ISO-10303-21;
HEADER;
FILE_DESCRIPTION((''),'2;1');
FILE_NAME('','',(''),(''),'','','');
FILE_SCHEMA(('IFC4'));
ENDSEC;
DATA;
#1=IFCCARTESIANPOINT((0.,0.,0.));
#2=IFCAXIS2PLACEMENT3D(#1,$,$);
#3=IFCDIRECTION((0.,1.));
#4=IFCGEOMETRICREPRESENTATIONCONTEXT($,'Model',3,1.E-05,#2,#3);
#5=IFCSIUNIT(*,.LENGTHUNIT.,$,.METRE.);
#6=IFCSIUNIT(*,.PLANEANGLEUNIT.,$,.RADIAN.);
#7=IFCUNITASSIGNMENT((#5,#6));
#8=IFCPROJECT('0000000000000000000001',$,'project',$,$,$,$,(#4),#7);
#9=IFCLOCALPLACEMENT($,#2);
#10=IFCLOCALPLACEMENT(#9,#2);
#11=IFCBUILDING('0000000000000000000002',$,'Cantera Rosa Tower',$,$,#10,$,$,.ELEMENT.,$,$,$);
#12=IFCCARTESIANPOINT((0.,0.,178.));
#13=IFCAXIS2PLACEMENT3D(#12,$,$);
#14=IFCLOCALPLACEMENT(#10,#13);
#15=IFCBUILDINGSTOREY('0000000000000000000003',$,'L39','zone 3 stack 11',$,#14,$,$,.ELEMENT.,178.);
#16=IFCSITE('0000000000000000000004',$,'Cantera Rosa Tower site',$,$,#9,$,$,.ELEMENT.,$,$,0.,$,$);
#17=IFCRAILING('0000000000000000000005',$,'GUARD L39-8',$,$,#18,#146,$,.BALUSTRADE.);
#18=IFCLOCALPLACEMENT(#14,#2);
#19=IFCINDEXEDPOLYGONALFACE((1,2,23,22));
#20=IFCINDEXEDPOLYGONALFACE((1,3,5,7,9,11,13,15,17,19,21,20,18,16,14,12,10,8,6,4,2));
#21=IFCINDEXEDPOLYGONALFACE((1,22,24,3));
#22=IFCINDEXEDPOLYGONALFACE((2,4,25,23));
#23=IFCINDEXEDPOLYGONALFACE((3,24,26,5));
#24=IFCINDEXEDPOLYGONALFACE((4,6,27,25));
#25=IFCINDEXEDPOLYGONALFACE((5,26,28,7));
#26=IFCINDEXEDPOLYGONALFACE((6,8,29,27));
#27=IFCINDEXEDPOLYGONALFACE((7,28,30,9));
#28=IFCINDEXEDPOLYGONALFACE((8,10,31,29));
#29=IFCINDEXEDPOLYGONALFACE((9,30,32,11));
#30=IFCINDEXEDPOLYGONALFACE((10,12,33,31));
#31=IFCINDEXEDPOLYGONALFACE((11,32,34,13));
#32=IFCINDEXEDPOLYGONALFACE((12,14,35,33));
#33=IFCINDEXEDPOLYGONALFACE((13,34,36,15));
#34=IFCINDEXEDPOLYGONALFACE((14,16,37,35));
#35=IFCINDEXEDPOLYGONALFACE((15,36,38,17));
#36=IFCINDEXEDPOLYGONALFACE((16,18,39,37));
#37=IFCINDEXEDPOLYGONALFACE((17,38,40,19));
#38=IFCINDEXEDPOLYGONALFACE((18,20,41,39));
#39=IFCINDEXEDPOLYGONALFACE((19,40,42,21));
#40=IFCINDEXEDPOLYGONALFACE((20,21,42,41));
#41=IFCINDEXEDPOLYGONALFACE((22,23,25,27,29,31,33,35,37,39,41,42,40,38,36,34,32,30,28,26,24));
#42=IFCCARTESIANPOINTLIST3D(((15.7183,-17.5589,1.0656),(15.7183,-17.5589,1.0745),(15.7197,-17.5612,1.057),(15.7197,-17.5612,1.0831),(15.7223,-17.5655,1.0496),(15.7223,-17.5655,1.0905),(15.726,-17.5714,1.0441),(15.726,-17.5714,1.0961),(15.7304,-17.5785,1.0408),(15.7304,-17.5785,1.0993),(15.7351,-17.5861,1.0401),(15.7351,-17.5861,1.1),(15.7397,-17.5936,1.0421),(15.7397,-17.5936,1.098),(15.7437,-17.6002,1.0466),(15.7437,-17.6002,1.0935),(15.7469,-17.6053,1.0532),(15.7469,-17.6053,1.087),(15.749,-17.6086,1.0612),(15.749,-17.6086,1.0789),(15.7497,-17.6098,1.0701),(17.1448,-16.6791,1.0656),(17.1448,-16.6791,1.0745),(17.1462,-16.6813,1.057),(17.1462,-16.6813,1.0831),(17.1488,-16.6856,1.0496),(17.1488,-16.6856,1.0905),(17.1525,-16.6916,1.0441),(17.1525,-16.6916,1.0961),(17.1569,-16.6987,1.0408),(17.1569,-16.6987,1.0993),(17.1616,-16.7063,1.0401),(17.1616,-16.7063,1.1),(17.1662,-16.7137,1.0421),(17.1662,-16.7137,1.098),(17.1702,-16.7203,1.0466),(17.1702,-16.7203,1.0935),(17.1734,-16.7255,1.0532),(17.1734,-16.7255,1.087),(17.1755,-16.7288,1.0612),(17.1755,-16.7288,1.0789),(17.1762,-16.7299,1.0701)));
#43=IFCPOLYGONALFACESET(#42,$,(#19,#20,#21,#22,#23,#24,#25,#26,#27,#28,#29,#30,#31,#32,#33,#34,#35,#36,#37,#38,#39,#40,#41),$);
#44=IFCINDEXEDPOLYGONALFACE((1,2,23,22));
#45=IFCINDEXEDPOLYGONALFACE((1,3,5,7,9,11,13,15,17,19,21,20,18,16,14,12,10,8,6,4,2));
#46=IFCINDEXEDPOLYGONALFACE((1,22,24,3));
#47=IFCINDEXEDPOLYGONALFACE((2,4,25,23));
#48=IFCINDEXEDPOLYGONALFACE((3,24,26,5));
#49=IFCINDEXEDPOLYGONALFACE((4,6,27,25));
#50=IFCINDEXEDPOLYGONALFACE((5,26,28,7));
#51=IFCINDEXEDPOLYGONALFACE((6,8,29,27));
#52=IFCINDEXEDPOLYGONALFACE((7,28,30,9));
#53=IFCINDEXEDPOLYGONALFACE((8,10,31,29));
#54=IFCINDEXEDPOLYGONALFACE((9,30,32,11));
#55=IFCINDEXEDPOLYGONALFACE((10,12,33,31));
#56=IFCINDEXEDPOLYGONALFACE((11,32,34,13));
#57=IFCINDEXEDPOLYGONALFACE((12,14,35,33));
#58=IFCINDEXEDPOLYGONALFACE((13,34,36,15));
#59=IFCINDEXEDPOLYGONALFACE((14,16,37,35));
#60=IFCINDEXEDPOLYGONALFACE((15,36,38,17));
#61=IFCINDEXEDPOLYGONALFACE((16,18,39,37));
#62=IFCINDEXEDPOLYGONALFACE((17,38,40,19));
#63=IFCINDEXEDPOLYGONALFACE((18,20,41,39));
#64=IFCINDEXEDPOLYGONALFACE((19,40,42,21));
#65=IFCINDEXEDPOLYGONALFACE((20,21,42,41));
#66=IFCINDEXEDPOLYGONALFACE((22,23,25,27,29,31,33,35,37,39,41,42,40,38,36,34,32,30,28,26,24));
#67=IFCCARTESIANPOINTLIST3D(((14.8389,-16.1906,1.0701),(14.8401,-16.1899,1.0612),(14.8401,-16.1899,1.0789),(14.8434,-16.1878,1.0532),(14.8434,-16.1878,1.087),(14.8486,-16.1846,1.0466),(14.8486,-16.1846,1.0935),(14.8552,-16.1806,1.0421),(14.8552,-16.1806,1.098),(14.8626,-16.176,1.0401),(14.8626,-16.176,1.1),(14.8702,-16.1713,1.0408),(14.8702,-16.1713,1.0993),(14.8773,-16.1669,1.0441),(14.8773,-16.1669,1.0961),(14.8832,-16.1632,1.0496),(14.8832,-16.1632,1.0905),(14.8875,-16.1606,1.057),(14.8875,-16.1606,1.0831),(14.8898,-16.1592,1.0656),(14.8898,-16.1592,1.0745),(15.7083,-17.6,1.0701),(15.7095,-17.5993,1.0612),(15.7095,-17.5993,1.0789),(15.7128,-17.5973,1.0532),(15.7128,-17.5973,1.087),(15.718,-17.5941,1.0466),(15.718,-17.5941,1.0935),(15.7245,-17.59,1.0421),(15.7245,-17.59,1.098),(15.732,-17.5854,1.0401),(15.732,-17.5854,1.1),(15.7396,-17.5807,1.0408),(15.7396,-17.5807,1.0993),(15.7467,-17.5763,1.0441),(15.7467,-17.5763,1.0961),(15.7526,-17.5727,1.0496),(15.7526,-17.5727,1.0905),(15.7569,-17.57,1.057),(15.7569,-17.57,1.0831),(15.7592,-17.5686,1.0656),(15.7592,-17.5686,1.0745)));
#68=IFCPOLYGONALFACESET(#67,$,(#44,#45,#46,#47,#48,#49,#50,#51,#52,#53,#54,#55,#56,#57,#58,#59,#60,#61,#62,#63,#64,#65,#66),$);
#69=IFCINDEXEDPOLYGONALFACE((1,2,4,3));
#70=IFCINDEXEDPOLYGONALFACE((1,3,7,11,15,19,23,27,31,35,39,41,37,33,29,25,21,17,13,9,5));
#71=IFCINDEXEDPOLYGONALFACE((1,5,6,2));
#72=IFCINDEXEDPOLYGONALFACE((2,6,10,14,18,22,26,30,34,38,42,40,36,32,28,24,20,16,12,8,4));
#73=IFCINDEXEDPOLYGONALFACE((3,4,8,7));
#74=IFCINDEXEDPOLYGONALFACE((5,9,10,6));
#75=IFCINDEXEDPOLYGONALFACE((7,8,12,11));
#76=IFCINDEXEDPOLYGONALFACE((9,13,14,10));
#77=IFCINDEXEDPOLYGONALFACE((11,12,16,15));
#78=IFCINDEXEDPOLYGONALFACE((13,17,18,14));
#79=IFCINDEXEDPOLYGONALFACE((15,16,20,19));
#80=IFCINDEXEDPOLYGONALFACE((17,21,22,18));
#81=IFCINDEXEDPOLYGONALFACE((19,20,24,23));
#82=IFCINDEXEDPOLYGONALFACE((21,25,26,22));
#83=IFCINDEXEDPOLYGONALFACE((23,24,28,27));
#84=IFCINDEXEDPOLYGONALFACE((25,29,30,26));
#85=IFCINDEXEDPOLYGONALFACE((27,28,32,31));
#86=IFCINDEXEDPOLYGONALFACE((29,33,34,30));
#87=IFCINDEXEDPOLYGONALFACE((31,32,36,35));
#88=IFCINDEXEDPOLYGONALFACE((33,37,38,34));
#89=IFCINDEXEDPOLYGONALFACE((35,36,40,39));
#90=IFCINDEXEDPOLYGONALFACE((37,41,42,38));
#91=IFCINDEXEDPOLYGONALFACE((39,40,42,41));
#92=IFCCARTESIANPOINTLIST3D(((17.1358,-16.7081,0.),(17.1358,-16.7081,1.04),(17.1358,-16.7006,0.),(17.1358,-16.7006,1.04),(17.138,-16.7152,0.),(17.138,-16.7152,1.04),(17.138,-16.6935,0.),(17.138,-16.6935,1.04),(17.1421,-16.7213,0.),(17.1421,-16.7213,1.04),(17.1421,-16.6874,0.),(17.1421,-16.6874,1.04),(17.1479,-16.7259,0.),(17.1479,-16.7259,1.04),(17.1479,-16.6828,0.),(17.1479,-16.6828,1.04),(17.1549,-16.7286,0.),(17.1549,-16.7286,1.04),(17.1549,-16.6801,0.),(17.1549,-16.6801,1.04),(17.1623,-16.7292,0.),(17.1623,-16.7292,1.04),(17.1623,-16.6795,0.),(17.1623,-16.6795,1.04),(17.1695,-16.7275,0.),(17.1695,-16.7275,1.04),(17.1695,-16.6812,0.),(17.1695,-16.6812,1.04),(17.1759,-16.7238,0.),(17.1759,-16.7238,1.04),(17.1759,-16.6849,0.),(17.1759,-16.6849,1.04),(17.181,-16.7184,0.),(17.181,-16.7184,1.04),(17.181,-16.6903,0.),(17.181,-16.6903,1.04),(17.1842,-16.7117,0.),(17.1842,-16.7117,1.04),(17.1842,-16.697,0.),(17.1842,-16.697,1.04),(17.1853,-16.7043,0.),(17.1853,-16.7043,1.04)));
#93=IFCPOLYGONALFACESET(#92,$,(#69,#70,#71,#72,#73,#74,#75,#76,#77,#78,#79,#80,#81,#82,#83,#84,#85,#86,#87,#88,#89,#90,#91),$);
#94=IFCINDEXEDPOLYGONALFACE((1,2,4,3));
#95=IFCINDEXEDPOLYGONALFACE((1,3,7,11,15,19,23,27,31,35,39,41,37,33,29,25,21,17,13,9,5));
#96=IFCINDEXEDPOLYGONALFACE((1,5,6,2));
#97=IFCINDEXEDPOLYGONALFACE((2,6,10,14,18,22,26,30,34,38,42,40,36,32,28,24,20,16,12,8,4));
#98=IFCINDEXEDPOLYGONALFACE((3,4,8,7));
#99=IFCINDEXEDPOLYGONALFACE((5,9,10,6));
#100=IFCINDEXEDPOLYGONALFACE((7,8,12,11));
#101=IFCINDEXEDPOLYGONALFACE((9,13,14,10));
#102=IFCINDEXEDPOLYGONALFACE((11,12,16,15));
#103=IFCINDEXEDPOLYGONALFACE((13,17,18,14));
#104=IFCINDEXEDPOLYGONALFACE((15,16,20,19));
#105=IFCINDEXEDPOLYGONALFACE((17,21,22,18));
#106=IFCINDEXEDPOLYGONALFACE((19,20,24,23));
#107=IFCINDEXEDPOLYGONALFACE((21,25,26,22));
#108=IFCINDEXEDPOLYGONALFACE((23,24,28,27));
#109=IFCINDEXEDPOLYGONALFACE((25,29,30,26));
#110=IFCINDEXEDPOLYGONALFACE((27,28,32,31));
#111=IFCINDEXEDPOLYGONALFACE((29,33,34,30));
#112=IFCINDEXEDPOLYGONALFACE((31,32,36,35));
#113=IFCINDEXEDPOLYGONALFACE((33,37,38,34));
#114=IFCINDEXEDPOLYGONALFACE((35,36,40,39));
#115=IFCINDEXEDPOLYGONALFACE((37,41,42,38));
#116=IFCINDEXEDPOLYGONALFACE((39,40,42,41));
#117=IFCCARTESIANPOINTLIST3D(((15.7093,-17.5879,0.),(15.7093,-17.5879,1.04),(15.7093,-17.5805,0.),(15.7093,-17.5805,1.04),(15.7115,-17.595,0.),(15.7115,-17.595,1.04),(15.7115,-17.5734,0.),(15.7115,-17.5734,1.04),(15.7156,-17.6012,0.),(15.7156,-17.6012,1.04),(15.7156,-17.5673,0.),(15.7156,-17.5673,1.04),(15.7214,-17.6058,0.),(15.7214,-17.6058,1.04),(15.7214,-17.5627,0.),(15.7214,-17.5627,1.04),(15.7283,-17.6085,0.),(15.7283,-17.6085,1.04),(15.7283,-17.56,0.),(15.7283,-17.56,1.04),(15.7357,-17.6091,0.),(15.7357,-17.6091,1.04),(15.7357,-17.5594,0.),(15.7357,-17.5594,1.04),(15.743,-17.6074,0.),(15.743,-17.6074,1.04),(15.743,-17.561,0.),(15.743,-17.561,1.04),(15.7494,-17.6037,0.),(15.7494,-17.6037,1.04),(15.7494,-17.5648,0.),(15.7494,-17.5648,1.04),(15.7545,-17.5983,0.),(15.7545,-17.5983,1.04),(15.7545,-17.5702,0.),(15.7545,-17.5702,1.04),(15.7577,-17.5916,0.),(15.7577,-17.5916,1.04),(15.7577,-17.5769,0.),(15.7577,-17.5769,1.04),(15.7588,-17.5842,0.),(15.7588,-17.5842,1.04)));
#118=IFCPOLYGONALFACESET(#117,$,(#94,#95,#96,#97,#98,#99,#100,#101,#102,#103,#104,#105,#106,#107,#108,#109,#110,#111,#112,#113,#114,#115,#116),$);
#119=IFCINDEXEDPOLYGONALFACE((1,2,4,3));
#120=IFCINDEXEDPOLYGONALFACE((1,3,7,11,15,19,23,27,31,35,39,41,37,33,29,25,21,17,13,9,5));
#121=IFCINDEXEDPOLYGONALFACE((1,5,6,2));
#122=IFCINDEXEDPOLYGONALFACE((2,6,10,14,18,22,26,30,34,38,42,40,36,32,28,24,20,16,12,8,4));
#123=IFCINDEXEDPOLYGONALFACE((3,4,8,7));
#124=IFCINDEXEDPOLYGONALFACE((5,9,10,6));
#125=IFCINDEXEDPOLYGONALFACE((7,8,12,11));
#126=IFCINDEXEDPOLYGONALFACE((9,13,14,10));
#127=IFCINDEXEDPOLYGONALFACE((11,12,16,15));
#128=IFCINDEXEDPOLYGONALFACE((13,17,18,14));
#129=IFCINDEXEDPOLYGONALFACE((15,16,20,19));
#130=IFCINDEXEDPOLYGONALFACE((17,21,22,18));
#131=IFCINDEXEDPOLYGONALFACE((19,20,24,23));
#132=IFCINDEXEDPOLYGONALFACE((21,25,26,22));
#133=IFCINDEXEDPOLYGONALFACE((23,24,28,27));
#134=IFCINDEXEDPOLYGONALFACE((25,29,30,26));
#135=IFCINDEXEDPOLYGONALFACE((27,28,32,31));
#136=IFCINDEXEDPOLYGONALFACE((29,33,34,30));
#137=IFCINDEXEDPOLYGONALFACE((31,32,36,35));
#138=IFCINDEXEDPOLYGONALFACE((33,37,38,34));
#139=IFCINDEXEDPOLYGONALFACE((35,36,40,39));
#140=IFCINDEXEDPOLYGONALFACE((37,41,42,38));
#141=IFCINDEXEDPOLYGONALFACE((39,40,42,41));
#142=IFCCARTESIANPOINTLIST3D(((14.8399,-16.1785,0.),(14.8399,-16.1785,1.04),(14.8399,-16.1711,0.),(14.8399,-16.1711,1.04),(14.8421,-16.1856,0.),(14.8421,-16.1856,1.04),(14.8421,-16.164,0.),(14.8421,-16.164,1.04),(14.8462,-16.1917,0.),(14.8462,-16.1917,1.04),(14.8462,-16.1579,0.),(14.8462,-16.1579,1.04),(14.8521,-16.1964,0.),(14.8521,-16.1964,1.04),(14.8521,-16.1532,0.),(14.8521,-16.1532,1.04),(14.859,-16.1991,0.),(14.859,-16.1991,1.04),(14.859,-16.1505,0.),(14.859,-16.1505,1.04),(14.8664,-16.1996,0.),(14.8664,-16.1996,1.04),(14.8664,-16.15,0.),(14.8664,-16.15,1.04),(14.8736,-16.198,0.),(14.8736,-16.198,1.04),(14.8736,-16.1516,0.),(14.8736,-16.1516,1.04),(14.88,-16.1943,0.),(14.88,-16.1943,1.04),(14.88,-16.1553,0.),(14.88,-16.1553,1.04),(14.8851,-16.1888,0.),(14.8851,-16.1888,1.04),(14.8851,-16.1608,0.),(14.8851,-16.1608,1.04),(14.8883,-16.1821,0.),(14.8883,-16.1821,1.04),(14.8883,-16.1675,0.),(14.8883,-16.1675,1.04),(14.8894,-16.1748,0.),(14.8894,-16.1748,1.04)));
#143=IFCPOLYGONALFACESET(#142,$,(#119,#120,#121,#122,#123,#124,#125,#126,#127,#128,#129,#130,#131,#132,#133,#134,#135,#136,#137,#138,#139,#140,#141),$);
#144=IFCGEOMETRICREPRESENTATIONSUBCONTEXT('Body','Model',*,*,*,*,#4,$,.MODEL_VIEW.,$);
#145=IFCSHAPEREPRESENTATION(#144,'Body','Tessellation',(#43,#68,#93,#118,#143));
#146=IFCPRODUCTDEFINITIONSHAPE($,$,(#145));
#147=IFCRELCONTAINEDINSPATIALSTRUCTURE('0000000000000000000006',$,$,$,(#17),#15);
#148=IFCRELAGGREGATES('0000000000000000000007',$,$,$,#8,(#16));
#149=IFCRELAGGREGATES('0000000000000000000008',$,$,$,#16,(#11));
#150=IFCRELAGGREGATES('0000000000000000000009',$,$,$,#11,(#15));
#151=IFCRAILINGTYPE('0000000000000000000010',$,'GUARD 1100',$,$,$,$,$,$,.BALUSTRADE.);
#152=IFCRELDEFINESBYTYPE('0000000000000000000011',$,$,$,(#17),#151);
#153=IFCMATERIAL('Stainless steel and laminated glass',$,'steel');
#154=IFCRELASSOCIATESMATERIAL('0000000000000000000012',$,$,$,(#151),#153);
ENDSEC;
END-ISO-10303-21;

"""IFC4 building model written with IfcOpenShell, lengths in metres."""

from ifc_helpers import new_model, si_unit, direction, frame, origin, origin_2d, place, context, subcontext, project, spatial, circle, extrude, material, type_object, element, save


model = new_model("IFC4")

# Units and contexts
model_context = context("Model", 3, precision=1e-05, world=origin(), true_north=direction((0.0, 1.0)))
body_context = subcontext(model_context, "Body", "Model", "MODEL_VIEW")
ifc_project = project(units=[si_unit("LENGTHUNIT", "METRE"), si_unit("PLANEANGLEUNIT", "RADIAN")], contexts=[model_context])

# Site, building, storey
site_placement = place(None, origin())
site = spatial("IfcSite", under=ifc_project, at=site_placement, Name="Cantera Rosa Tower site", CompositionType="ELEMENT", RefElevation=0.0)
building_placement = place(site_placement, origin())
building = spatial("IfcBuilding", under=site, at=building_placement, Name="Cantera Rosa Tower", CompositionType="ELEMENT")
storey_placement = place(building_placement, frame((0.0, 0.0, 178.0)))
storey = spatial("IfcBuildingStorey", under=building, at=storey_placement, Name="L39", Description="zone 3 stack 11", CompositionType="ELEMENT", Elevation=178.0)

# Railing
ifc_material_1 = material(Name="Stainless steel and laminated glass", Category="steel")
railing_type_1 = type_object("IfcRailingType", Name="GUARD 1100", PredefinedType="BALUSTRADE", material=ifc_material_1)
railing_1_placement = place(storey_placement, frame((17.1604, -16.7043, 0.0)))
element("IfcRailing", 1, at=railing_1_placement, inside=storey, type_object=railing_type_1, Name="GUARD L39-8", PredefinedType="BALUSTRADE", context=body_context, shape_type="SweptSolid", body=[
    extrude(circle(Radius=0.03, at=origin_2d()), frame((0.0, 0.0, 1.0701), z_axis=(-0.851118, -0.524975, 0.0), x_axis=(0.524975, -0.851118, 0.0)), (0.0, 0.0, 1.0), 1.676),
    extrude(circle(Radius=0.03, at=origin_2d()), frame((-1.4265, -0.8799, 1.0701), z_axis=(-0.524994, 0.851106, 0.0), x_axis=(-0.851106, -0.524994, 0.0)), (0.0, 0.0, 1.0), 1.656),
    extrude(circle(Radius=0.0249, at=origin_2d()), origin(), (0.0, 0.0, 1.0), 1.04),
    extrude(circle(Radius=0.0249, at=origin_2d()), frame((-1.4265, -0.8799, 0.0)), (0.0, 0.0, 1.0), 1.04),
    extrude(circle(Radius=0.0249, at=origin_2d()), frame((-2.2959, 0.5295, 0.0)), (0.0, 0.0, 1.0), 1.04),
])

save(model, "model.ifc")
